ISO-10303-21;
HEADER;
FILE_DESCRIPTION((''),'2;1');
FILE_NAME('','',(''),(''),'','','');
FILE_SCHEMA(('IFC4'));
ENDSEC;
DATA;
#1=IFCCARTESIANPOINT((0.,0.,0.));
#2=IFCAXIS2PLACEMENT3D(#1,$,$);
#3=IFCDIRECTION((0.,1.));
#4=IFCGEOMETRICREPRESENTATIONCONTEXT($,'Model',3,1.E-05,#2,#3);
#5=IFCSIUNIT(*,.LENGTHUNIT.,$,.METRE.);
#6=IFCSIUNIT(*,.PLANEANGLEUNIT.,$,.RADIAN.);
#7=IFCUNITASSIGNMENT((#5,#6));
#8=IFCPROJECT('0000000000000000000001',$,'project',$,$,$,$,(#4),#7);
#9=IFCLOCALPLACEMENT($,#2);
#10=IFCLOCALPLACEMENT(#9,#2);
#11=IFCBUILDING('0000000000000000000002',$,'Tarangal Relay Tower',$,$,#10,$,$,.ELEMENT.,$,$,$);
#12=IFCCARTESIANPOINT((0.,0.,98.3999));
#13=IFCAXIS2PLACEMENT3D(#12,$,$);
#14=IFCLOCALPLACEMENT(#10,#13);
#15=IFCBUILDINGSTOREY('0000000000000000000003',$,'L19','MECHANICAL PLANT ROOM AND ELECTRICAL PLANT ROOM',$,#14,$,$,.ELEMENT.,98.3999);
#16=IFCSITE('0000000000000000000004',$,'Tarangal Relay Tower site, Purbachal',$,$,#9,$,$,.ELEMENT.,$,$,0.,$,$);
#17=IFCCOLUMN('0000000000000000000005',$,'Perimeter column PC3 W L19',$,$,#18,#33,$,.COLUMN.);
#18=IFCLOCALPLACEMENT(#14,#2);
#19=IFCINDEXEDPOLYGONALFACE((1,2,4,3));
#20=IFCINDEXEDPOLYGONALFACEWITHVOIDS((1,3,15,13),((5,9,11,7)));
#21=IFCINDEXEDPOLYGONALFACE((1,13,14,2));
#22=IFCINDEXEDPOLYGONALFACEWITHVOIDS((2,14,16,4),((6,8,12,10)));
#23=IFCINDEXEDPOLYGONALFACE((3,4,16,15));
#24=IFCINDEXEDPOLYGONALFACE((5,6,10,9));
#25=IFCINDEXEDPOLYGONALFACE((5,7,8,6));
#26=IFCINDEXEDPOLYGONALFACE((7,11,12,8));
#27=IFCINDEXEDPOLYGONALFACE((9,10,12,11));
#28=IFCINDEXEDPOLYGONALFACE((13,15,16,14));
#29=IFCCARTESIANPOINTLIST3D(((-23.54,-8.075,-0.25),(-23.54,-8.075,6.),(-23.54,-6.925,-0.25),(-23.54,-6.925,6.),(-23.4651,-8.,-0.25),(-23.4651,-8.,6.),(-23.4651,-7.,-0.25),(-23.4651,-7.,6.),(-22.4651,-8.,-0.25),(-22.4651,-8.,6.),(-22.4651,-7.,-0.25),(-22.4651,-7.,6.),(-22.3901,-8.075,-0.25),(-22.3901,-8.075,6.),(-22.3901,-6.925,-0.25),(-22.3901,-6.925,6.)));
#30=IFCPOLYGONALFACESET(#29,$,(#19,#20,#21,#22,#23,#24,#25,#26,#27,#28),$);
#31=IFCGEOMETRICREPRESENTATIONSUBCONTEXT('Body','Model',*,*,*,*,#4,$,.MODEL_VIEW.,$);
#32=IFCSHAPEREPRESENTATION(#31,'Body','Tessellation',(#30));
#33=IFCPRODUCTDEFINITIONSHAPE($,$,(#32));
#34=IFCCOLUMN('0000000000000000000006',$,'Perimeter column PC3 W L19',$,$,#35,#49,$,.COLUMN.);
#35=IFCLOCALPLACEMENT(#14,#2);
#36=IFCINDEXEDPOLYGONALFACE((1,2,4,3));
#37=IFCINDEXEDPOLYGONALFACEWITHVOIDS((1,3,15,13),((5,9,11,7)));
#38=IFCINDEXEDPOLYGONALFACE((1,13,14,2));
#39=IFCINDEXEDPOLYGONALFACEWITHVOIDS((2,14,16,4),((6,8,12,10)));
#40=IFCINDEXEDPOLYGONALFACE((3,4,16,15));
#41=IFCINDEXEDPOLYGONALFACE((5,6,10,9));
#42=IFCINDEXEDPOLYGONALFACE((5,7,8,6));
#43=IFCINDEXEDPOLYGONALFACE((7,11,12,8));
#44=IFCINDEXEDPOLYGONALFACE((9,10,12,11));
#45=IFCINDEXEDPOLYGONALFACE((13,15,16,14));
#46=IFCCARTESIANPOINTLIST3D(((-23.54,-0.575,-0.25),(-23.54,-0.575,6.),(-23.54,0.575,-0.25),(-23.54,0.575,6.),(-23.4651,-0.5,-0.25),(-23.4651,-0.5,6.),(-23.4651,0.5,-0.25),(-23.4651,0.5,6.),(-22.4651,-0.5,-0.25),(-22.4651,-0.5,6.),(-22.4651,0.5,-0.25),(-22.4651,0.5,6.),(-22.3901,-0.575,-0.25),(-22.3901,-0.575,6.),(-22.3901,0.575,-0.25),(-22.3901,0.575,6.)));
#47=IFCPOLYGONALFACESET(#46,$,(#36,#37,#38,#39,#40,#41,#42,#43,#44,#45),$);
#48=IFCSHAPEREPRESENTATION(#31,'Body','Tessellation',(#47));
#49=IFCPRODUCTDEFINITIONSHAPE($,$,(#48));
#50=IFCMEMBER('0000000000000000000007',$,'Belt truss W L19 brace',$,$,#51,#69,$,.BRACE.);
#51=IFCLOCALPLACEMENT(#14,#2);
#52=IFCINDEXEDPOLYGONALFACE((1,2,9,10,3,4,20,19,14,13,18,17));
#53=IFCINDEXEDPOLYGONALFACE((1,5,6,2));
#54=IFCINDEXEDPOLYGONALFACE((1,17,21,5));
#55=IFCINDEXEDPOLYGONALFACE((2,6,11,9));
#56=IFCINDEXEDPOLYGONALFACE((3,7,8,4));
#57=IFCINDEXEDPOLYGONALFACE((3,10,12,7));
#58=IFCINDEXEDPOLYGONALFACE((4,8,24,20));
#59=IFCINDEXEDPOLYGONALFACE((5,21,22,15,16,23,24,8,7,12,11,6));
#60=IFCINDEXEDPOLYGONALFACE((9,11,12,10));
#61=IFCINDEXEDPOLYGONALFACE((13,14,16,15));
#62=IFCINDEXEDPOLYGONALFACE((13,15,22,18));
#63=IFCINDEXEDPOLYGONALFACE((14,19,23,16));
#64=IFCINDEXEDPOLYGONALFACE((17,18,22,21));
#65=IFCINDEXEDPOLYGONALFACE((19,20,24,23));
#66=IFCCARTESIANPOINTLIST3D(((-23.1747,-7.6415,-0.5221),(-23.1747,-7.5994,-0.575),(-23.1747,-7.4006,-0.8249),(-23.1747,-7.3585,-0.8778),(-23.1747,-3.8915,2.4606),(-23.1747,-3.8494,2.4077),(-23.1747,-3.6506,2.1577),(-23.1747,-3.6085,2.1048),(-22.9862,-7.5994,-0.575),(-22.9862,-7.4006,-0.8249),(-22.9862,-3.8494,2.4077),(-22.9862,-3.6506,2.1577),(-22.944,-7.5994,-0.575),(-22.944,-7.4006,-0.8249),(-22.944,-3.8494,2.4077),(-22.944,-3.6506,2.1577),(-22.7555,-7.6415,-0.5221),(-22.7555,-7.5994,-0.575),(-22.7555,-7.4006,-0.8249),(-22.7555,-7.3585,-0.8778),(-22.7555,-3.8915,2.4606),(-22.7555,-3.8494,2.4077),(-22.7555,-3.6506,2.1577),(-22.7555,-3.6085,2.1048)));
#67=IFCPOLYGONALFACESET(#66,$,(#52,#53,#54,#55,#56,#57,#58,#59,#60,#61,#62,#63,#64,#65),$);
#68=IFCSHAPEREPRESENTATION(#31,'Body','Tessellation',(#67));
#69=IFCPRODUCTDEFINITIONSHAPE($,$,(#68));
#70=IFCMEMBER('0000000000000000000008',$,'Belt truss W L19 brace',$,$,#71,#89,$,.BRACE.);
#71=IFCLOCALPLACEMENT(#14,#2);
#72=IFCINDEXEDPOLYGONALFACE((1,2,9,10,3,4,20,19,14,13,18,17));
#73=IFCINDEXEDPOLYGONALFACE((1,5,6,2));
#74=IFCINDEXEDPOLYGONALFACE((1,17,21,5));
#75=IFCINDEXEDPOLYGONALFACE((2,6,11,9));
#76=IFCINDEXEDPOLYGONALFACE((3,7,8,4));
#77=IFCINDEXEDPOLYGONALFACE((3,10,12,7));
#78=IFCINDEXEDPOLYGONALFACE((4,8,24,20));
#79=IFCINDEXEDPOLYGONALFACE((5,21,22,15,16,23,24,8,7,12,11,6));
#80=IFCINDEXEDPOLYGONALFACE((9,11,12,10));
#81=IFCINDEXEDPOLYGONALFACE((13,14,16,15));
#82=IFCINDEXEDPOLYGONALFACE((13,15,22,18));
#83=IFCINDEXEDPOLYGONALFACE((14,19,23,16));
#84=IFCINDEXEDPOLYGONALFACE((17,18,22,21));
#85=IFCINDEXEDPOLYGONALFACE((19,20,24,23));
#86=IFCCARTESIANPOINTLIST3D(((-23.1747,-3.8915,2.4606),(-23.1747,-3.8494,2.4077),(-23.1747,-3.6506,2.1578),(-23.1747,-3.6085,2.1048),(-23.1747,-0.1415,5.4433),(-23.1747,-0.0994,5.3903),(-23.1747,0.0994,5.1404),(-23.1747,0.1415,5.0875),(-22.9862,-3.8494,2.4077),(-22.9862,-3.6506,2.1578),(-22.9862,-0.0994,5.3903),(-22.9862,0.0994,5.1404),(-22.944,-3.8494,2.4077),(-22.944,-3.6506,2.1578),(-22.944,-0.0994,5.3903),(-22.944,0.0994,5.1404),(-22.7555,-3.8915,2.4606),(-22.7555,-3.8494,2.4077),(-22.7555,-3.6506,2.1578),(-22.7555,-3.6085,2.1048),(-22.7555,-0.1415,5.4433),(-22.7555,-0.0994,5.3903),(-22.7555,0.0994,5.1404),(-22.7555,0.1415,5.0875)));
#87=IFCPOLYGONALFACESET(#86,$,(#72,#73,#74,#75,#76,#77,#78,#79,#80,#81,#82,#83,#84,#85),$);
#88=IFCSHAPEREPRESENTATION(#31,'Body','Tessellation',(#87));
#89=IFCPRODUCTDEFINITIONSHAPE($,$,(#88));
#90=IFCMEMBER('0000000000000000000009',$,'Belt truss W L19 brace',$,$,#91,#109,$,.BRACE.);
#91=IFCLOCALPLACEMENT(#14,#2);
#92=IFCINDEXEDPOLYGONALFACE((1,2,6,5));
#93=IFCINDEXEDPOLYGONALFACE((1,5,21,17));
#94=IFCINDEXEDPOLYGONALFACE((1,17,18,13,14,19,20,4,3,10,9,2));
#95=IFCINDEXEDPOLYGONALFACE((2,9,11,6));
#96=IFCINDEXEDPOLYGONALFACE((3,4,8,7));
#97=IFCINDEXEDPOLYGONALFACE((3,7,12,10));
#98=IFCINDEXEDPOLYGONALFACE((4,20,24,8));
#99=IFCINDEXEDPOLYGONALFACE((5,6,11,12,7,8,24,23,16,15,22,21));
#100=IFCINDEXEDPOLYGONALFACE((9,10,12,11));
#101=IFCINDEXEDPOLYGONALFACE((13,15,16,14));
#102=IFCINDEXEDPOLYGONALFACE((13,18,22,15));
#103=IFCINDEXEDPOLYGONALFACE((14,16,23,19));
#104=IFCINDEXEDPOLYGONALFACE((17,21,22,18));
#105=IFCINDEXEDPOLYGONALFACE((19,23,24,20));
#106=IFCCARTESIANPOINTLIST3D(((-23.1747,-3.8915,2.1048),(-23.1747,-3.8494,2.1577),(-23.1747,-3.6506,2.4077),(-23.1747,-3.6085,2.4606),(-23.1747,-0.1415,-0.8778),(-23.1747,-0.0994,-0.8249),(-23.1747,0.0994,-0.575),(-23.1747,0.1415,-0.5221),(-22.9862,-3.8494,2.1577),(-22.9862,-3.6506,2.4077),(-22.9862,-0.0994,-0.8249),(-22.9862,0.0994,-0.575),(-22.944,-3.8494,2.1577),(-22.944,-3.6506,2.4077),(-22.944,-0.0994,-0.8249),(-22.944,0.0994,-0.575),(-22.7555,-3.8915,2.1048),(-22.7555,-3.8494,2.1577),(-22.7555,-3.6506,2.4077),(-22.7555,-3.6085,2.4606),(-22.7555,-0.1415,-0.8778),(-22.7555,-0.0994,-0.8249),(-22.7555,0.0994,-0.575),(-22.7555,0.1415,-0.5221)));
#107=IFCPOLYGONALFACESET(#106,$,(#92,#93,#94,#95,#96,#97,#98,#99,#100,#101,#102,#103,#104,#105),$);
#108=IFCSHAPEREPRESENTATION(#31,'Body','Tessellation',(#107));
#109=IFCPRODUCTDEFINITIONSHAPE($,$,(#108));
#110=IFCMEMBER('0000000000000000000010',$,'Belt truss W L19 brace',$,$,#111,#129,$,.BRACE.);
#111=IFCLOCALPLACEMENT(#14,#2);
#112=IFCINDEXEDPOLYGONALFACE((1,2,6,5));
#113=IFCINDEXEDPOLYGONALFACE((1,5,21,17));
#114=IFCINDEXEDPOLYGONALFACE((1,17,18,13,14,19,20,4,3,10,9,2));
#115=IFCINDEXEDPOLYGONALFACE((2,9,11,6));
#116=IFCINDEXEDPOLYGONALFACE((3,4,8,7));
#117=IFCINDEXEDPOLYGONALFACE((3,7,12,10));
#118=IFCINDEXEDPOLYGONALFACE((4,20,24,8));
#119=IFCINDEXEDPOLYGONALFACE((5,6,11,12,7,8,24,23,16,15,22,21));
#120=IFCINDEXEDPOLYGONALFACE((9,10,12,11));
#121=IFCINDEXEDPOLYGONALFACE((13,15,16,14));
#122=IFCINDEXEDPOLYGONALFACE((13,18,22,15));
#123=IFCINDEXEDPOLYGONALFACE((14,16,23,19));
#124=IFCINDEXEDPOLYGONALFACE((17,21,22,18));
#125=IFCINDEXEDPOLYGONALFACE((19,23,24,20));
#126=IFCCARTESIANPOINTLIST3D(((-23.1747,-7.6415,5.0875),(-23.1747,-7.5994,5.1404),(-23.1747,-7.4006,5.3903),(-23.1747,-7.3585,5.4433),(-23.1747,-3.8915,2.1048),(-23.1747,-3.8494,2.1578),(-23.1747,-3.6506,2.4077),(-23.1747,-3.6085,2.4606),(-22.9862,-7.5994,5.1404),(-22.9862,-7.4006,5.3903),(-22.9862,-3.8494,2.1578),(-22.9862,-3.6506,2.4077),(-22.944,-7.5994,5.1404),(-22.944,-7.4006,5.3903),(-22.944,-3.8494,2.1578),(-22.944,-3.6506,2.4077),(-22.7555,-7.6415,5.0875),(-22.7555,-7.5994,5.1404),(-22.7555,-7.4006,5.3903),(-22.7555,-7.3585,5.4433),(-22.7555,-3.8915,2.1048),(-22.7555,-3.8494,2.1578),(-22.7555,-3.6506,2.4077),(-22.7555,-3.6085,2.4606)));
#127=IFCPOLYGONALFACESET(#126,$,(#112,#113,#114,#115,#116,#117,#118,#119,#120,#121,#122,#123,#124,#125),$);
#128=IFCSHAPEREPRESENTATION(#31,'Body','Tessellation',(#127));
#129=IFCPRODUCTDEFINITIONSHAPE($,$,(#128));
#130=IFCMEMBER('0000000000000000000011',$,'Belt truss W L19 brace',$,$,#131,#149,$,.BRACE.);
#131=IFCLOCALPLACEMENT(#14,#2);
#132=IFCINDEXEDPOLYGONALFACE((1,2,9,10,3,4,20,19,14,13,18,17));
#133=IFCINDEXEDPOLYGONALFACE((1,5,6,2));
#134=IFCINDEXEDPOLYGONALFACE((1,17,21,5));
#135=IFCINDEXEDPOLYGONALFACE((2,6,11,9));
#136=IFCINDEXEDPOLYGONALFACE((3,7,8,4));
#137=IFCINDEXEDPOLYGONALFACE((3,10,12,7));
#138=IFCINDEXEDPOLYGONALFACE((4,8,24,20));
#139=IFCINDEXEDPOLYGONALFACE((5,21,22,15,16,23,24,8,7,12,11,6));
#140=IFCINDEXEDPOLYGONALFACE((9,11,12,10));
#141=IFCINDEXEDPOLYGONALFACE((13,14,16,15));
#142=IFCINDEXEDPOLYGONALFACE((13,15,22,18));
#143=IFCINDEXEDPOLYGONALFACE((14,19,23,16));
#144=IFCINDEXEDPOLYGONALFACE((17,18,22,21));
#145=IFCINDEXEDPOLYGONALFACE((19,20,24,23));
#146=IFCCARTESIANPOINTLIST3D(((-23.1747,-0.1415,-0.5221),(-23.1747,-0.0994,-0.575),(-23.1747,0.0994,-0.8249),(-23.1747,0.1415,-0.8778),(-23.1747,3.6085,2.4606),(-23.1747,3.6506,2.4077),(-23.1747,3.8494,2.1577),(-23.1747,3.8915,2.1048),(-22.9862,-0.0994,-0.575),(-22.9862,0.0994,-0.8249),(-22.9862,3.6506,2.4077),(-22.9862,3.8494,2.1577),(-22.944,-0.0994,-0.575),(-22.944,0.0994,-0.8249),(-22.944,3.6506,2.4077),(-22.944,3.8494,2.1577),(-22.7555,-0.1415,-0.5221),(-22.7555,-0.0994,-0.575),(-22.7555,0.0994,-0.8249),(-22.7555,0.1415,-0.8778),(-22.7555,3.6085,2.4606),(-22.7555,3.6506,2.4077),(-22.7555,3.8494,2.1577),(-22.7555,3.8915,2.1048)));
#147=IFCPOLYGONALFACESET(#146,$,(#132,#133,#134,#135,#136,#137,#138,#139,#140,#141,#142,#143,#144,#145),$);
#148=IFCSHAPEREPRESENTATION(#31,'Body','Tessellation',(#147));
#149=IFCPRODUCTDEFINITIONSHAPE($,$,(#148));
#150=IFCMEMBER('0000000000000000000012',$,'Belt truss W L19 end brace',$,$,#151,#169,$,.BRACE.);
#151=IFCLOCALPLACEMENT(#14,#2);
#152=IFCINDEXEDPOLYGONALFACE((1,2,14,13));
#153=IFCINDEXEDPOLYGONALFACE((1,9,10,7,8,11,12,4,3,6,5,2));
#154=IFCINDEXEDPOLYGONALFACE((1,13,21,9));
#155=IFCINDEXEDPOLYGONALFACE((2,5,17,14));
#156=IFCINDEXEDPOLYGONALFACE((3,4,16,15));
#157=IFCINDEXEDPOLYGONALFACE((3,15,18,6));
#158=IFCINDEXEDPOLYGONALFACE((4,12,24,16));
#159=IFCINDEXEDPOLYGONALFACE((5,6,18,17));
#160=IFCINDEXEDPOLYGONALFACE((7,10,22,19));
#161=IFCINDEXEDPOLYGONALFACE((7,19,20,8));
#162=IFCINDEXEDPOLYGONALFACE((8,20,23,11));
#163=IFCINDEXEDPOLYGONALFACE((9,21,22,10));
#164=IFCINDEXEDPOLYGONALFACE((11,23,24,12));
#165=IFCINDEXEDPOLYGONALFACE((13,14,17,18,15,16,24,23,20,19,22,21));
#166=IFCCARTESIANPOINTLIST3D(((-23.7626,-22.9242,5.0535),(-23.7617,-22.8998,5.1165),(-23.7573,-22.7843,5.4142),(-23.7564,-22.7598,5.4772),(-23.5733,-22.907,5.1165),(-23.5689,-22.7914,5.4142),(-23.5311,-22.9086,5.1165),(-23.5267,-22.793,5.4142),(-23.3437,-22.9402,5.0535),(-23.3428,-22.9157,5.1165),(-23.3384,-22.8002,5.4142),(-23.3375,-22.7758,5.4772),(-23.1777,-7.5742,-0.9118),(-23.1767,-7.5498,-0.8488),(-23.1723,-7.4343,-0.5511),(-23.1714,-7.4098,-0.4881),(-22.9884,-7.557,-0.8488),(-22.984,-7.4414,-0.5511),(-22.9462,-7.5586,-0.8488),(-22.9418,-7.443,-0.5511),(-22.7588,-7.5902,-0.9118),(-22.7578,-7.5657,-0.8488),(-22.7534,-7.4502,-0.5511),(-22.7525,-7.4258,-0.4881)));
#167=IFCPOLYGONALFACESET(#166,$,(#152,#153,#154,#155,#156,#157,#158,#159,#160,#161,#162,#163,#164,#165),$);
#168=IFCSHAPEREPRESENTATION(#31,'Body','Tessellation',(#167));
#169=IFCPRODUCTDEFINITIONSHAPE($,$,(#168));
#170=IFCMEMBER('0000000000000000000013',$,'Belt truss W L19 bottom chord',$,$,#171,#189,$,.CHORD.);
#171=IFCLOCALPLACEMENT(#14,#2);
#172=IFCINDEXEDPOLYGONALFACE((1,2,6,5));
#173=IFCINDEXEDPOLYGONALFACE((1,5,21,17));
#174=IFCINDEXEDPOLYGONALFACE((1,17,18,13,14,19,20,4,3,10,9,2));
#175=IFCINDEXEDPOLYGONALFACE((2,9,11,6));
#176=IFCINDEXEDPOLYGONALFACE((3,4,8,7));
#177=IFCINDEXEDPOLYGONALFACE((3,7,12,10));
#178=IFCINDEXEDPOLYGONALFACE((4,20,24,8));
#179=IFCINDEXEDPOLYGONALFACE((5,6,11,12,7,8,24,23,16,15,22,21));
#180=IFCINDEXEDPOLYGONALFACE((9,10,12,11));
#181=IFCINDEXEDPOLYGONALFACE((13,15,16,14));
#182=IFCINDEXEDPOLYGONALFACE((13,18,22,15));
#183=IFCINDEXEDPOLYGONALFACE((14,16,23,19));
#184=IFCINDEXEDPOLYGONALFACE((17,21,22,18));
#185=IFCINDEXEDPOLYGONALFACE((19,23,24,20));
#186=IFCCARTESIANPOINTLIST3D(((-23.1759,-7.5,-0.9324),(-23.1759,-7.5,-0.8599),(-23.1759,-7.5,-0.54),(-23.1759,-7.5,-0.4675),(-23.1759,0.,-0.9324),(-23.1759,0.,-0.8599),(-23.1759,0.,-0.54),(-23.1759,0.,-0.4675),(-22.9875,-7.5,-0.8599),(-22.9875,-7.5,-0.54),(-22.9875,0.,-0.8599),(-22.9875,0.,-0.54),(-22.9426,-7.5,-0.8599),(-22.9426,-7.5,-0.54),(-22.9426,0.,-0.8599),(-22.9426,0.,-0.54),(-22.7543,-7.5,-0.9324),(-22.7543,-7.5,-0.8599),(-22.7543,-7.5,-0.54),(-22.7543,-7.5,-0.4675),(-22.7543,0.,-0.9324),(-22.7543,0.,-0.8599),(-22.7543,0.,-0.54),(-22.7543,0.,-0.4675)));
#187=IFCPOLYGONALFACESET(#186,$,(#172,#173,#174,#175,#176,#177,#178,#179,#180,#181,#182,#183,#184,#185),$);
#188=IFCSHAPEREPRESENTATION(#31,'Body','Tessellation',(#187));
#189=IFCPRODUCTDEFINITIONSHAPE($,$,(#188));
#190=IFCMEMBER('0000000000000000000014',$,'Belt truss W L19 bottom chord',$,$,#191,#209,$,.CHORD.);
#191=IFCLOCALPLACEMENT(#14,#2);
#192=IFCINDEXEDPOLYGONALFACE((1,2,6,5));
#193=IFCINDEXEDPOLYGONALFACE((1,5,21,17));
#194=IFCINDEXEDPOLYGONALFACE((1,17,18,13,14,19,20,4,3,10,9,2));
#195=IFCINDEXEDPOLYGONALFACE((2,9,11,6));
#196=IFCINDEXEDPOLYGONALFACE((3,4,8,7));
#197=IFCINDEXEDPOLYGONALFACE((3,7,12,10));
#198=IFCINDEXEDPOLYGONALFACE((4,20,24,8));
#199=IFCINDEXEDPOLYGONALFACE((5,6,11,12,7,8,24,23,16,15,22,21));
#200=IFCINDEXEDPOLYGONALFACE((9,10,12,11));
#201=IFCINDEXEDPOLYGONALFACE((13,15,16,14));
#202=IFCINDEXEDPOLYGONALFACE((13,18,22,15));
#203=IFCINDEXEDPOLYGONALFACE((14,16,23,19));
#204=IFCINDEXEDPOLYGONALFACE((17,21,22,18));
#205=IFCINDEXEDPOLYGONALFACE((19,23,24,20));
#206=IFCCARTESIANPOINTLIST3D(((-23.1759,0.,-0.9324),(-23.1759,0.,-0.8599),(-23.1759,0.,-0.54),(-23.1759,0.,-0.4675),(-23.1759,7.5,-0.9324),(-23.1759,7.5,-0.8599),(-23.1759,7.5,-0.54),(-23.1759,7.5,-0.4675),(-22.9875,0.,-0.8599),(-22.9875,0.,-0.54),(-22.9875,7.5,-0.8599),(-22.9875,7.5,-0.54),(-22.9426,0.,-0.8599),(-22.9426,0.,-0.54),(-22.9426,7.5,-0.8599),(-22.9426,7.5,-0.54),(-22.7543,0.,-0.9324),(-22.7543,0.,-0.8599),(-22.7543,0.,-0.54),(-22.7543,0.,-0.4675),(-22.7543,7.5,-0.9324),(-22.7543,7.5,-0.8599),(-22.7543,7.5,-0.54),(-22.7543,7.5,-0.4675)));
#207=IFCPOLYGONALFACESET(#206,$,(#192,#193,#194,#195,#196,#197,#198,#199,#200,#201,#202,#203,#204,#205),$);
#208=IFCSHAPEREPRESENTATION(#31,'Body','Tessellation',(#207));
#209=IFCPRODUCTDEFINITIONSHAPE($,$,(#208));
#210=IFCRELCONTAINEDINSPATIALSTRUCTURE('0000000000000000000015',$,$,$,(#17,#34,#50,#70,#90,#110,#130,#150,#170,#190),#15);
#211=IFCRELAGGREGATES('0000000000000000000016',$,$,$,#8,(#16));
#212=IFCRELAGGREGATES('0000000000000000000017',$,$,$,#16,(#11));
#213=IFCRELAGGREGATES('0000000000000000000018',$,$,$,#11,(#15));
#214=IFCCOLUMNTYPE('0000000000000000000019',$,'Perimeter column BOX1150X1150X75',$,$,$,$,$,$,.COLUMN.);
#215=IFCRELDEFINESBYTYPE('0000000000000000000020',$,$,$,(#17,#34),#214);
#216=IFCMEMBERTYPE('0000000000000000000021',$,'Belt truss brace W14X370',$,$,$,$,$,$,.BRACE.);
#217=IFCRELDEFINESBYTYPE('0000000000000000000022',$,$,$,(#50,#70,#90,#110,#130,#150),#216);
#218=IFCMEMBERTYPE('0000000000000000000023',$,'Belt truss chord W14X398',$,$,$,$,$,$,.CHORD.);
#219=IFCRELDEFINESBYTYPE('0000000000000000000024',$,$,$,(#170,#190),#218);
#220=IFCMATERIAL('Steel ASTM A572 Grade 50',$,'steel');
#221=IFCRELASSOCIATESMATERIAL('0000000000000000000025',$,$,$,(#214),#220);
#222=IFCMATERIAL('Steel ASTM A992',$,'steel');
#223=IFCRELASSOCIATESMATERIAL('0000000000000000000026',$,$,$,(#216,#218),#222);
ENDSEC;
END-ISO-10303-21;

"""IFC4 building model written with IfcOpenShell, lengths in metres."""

from ifc_helpers import new_model, si_unit, direction, frame, origin, origin_2d, place, context, subcontext, project, spatial, hollow_rectangle, i_section, extrude, material, material_profile, profile_set, type_object, element, save


model = new_model("IFC4")

# Units and contexts
model_context = context("Model", 3, precision=1e-05, world=origin(), true_north=direction((0.0, 1.0)))
body_context = subcontext(model_context, "Body", "Model", "MODEL_VIEW")
ifc_project = project(units=[si_unit("LENGTHUNIT", "METRE"), si_unit("PLANEANGLEUNIT", "RADIAN")], contexts=[model_context])

# Site, building, storey
site_placement = place(None, origin())
site = spatial("IfcSite", under=ifc_project, at=site_placement, Name="Tarangal Relay Tower site, Purbachal", CompositionType="ELEMENT", RefElevation=0.0)
building_placement = place(site_placement, origin())
building = spatial("IfcBuilding", under=site, at=building_placement, Name="Tarangal Relay Tower", CompositionType="ELEMENT")
storey_placement = place(building_placement, frame((0.0, 0.0, 98.3999)))
storey = spatial("IfcBuildingStorey", under=building, at=storey_placement, Name="L19", Description="MECHANICAL PLANT ROOM AND ELECTRICAL PLANT ROOM", CompositionType="ELEMENT", Elevation=98.3999)

# Columns
ifc_material_1 = material(Name="Steel ASTM A572 Grade 50", Category="steel")
ifc_material_profile_1 = material_profile(ifc_material_1, hollow_rectangle(XDim=1.1499, YDim=1.1499, WallThickness=0.075, at=origin_2d()), Name="BOX1150X1150X75")
ifc_profile_set_1 = profile_set([ifc_material_profile_1], Name="Steel ASTM A572 Grade 50")
column_type = type_object("IfcColumnType", Name="Perimeter column BOX1150X1150X75", PredefinedType="COLUMN", material=ifc_profile_set_1)
for number, where, z_axis, x_axis, name in (
    (1, (-22.9651, -7.5, -0.25), (0.0, 0.0, 1.0), (1.0, 0.0, 0.0), "Perimeter column PC3 W L19"),
    (2, (-22.9651, 0.0, -0.25), (0.0, 0.0, 1.0), (1.0, 0.0, 0.0), "Perimeter column PC3 W L19"),
):
    element("IfcColumn", number, at=place(storey_placement, frame(where, z_axis=z_axis, x_axis=x_axis)), inside=storey, type_object=column_type, Name=name, PredefinedType="COLUMN", context=body_context, shape_type="SweptSolid", body=[
        extrude(hollow_rectangle(XDim=1.1499, YDim=1.1499, WallThickness=0.075, at=origin_2d()), origin(), (0.0, 0.0, 1.0), 6.25),
    ])

# Members
ifc_material_2 = material(Name="Steel ASTM A992", Category="steel")
ifc_material_profile_2 = material_profile(ifc_material_2, i_section(OverallWidth=0.4192, OverallDepth=0.4546, WebThickness=0.0422, FlangeThickness=0.0676, at=origin_2d()), Name="W14X370")
ifc_profile_set_2 = profile_set([ifc_material_profile_2], Name="Steel ASTM A992")
member_type_1 = type_object("IfcMemberType", Name="Belt truss brace W14X370", PredefinedType="BRACE", material=ifc_profile_set_2)
for number, where, z_axis, x_axis, name in (
    (3, (-22.9651, -7.5, -0.7), (0.0, 0.78263, 0.622487), (-1.0, 0.0, 0.0), "Belt truss W L19 brace"),
    (4, (-22.9651, -3.75, 2.2827), (0.0, 0.78263, 0.622487), (-1.0, 0.0, 0.0), "Belt truss W L19 brace"),
    (5, (-22.9651, 0.0, -0.7), (0.0, -0.78263, 0.622487), (1.0, 0.0, 0.0), "Belt truss W L19 brace"),
    (6, (-22.9651, -3.75, 2.2827), (0.0, -0.78263, 0.622487), (1.0, 0.0, 0.0), "Belt truss W L19 brace"),
    (7, (-22.9651, 0.0, -0.7), (0.0, 0.78263, 0.622487), (-1.0, 0.0, 0.0), "Belt truss W L19 brace"),
):
    element("IfcMember", number, at=place(storey_placement, frame(where, z_axis=z_axis, x_axis=x_axis)), inside=storey, type_object=member_type_1, Name=name, PredefinedType="BRACE", context=body_context, shape_type="SweptSolid", body=[
        extrude(i_section(OverallWidth=0.4192, OverallDepth=0.4546, WebThickness=0.0422, FlangeThickness=0.0676, at=origin_2d()), origin(), (0.0, 0.0, 1.0), 4.7915),
    ])
member_1_placement = place(storey_placement, frame((-22.9651, -7.5, -0.7), z_axis=(-0.035498, -0.931502, 0.361999), x_axis=(0.999275, -0.03808, 0.0)))
element("IfcMember", 8, at=member_1_placement, inside=storey, type_object=member_type_1, Name="Belt truss W L19 end brace", PredefinedType="BRACE", context=body_context, shape_type="SweptSolid", body=[
    extrude(i_section(OverallWidth=0.4192, OverallDepth=0.4546, WebThickness=0.0422, FlangeThickness=0.0676, at=origin_2d()), origin(), (0.0, 0.0, 1.0), 16.4788),
])
ifc_material_profile_3 = material_profile(ifc_material_2, i_section(OverallWidth=0.4216, OverallDepth=0.4648, WebThickness=0.0449, FlangeThickness=0.0725, at=origin_2d()), Name="W14X398")
ifc_profile_set_3 = profile_set([ifc_material_profile_3], Name="Steel ASTM A992")
member_type_2 = type_object("IfcMemberType", Name="Belt truss chord W14X398", PredefinedType="CHORD", material=ifc_profile_set_3)
for number, where, z_axis, x_axis, name in (
    (9, (-22.9651, -7.5, -0.7), (0.0, 1.0, 0.0), (-1.0, 0.0, 0.0), "Belt truss W L19 bottom chord"),
    (10, (-22.9651, 0.0, -0.7), (0.0, 1.0, 0.0), (-1.0, 0.0, 0.0), "Belt truss W L19 bottom chord"),
):
    element("IfcMember", number, at=place(storey_placement, frame(where, z_axis=z_axis, x_axis=x_axis)), inside=storey, type_object=member_type_2, Name=name, PredefinedType="CHORD", context=body_context, shape_type="SweptSolid", body=[
        extrude(i_section(OverallWidth=0.4216, OverallDepth=0.4648, WebThickness=0.0449, FlangeThickness=0.0725, at=origin_2d()), origin(), (0.0, 0.0, 1.0), 7.5),
    ])

save(model, "model.ifc")
